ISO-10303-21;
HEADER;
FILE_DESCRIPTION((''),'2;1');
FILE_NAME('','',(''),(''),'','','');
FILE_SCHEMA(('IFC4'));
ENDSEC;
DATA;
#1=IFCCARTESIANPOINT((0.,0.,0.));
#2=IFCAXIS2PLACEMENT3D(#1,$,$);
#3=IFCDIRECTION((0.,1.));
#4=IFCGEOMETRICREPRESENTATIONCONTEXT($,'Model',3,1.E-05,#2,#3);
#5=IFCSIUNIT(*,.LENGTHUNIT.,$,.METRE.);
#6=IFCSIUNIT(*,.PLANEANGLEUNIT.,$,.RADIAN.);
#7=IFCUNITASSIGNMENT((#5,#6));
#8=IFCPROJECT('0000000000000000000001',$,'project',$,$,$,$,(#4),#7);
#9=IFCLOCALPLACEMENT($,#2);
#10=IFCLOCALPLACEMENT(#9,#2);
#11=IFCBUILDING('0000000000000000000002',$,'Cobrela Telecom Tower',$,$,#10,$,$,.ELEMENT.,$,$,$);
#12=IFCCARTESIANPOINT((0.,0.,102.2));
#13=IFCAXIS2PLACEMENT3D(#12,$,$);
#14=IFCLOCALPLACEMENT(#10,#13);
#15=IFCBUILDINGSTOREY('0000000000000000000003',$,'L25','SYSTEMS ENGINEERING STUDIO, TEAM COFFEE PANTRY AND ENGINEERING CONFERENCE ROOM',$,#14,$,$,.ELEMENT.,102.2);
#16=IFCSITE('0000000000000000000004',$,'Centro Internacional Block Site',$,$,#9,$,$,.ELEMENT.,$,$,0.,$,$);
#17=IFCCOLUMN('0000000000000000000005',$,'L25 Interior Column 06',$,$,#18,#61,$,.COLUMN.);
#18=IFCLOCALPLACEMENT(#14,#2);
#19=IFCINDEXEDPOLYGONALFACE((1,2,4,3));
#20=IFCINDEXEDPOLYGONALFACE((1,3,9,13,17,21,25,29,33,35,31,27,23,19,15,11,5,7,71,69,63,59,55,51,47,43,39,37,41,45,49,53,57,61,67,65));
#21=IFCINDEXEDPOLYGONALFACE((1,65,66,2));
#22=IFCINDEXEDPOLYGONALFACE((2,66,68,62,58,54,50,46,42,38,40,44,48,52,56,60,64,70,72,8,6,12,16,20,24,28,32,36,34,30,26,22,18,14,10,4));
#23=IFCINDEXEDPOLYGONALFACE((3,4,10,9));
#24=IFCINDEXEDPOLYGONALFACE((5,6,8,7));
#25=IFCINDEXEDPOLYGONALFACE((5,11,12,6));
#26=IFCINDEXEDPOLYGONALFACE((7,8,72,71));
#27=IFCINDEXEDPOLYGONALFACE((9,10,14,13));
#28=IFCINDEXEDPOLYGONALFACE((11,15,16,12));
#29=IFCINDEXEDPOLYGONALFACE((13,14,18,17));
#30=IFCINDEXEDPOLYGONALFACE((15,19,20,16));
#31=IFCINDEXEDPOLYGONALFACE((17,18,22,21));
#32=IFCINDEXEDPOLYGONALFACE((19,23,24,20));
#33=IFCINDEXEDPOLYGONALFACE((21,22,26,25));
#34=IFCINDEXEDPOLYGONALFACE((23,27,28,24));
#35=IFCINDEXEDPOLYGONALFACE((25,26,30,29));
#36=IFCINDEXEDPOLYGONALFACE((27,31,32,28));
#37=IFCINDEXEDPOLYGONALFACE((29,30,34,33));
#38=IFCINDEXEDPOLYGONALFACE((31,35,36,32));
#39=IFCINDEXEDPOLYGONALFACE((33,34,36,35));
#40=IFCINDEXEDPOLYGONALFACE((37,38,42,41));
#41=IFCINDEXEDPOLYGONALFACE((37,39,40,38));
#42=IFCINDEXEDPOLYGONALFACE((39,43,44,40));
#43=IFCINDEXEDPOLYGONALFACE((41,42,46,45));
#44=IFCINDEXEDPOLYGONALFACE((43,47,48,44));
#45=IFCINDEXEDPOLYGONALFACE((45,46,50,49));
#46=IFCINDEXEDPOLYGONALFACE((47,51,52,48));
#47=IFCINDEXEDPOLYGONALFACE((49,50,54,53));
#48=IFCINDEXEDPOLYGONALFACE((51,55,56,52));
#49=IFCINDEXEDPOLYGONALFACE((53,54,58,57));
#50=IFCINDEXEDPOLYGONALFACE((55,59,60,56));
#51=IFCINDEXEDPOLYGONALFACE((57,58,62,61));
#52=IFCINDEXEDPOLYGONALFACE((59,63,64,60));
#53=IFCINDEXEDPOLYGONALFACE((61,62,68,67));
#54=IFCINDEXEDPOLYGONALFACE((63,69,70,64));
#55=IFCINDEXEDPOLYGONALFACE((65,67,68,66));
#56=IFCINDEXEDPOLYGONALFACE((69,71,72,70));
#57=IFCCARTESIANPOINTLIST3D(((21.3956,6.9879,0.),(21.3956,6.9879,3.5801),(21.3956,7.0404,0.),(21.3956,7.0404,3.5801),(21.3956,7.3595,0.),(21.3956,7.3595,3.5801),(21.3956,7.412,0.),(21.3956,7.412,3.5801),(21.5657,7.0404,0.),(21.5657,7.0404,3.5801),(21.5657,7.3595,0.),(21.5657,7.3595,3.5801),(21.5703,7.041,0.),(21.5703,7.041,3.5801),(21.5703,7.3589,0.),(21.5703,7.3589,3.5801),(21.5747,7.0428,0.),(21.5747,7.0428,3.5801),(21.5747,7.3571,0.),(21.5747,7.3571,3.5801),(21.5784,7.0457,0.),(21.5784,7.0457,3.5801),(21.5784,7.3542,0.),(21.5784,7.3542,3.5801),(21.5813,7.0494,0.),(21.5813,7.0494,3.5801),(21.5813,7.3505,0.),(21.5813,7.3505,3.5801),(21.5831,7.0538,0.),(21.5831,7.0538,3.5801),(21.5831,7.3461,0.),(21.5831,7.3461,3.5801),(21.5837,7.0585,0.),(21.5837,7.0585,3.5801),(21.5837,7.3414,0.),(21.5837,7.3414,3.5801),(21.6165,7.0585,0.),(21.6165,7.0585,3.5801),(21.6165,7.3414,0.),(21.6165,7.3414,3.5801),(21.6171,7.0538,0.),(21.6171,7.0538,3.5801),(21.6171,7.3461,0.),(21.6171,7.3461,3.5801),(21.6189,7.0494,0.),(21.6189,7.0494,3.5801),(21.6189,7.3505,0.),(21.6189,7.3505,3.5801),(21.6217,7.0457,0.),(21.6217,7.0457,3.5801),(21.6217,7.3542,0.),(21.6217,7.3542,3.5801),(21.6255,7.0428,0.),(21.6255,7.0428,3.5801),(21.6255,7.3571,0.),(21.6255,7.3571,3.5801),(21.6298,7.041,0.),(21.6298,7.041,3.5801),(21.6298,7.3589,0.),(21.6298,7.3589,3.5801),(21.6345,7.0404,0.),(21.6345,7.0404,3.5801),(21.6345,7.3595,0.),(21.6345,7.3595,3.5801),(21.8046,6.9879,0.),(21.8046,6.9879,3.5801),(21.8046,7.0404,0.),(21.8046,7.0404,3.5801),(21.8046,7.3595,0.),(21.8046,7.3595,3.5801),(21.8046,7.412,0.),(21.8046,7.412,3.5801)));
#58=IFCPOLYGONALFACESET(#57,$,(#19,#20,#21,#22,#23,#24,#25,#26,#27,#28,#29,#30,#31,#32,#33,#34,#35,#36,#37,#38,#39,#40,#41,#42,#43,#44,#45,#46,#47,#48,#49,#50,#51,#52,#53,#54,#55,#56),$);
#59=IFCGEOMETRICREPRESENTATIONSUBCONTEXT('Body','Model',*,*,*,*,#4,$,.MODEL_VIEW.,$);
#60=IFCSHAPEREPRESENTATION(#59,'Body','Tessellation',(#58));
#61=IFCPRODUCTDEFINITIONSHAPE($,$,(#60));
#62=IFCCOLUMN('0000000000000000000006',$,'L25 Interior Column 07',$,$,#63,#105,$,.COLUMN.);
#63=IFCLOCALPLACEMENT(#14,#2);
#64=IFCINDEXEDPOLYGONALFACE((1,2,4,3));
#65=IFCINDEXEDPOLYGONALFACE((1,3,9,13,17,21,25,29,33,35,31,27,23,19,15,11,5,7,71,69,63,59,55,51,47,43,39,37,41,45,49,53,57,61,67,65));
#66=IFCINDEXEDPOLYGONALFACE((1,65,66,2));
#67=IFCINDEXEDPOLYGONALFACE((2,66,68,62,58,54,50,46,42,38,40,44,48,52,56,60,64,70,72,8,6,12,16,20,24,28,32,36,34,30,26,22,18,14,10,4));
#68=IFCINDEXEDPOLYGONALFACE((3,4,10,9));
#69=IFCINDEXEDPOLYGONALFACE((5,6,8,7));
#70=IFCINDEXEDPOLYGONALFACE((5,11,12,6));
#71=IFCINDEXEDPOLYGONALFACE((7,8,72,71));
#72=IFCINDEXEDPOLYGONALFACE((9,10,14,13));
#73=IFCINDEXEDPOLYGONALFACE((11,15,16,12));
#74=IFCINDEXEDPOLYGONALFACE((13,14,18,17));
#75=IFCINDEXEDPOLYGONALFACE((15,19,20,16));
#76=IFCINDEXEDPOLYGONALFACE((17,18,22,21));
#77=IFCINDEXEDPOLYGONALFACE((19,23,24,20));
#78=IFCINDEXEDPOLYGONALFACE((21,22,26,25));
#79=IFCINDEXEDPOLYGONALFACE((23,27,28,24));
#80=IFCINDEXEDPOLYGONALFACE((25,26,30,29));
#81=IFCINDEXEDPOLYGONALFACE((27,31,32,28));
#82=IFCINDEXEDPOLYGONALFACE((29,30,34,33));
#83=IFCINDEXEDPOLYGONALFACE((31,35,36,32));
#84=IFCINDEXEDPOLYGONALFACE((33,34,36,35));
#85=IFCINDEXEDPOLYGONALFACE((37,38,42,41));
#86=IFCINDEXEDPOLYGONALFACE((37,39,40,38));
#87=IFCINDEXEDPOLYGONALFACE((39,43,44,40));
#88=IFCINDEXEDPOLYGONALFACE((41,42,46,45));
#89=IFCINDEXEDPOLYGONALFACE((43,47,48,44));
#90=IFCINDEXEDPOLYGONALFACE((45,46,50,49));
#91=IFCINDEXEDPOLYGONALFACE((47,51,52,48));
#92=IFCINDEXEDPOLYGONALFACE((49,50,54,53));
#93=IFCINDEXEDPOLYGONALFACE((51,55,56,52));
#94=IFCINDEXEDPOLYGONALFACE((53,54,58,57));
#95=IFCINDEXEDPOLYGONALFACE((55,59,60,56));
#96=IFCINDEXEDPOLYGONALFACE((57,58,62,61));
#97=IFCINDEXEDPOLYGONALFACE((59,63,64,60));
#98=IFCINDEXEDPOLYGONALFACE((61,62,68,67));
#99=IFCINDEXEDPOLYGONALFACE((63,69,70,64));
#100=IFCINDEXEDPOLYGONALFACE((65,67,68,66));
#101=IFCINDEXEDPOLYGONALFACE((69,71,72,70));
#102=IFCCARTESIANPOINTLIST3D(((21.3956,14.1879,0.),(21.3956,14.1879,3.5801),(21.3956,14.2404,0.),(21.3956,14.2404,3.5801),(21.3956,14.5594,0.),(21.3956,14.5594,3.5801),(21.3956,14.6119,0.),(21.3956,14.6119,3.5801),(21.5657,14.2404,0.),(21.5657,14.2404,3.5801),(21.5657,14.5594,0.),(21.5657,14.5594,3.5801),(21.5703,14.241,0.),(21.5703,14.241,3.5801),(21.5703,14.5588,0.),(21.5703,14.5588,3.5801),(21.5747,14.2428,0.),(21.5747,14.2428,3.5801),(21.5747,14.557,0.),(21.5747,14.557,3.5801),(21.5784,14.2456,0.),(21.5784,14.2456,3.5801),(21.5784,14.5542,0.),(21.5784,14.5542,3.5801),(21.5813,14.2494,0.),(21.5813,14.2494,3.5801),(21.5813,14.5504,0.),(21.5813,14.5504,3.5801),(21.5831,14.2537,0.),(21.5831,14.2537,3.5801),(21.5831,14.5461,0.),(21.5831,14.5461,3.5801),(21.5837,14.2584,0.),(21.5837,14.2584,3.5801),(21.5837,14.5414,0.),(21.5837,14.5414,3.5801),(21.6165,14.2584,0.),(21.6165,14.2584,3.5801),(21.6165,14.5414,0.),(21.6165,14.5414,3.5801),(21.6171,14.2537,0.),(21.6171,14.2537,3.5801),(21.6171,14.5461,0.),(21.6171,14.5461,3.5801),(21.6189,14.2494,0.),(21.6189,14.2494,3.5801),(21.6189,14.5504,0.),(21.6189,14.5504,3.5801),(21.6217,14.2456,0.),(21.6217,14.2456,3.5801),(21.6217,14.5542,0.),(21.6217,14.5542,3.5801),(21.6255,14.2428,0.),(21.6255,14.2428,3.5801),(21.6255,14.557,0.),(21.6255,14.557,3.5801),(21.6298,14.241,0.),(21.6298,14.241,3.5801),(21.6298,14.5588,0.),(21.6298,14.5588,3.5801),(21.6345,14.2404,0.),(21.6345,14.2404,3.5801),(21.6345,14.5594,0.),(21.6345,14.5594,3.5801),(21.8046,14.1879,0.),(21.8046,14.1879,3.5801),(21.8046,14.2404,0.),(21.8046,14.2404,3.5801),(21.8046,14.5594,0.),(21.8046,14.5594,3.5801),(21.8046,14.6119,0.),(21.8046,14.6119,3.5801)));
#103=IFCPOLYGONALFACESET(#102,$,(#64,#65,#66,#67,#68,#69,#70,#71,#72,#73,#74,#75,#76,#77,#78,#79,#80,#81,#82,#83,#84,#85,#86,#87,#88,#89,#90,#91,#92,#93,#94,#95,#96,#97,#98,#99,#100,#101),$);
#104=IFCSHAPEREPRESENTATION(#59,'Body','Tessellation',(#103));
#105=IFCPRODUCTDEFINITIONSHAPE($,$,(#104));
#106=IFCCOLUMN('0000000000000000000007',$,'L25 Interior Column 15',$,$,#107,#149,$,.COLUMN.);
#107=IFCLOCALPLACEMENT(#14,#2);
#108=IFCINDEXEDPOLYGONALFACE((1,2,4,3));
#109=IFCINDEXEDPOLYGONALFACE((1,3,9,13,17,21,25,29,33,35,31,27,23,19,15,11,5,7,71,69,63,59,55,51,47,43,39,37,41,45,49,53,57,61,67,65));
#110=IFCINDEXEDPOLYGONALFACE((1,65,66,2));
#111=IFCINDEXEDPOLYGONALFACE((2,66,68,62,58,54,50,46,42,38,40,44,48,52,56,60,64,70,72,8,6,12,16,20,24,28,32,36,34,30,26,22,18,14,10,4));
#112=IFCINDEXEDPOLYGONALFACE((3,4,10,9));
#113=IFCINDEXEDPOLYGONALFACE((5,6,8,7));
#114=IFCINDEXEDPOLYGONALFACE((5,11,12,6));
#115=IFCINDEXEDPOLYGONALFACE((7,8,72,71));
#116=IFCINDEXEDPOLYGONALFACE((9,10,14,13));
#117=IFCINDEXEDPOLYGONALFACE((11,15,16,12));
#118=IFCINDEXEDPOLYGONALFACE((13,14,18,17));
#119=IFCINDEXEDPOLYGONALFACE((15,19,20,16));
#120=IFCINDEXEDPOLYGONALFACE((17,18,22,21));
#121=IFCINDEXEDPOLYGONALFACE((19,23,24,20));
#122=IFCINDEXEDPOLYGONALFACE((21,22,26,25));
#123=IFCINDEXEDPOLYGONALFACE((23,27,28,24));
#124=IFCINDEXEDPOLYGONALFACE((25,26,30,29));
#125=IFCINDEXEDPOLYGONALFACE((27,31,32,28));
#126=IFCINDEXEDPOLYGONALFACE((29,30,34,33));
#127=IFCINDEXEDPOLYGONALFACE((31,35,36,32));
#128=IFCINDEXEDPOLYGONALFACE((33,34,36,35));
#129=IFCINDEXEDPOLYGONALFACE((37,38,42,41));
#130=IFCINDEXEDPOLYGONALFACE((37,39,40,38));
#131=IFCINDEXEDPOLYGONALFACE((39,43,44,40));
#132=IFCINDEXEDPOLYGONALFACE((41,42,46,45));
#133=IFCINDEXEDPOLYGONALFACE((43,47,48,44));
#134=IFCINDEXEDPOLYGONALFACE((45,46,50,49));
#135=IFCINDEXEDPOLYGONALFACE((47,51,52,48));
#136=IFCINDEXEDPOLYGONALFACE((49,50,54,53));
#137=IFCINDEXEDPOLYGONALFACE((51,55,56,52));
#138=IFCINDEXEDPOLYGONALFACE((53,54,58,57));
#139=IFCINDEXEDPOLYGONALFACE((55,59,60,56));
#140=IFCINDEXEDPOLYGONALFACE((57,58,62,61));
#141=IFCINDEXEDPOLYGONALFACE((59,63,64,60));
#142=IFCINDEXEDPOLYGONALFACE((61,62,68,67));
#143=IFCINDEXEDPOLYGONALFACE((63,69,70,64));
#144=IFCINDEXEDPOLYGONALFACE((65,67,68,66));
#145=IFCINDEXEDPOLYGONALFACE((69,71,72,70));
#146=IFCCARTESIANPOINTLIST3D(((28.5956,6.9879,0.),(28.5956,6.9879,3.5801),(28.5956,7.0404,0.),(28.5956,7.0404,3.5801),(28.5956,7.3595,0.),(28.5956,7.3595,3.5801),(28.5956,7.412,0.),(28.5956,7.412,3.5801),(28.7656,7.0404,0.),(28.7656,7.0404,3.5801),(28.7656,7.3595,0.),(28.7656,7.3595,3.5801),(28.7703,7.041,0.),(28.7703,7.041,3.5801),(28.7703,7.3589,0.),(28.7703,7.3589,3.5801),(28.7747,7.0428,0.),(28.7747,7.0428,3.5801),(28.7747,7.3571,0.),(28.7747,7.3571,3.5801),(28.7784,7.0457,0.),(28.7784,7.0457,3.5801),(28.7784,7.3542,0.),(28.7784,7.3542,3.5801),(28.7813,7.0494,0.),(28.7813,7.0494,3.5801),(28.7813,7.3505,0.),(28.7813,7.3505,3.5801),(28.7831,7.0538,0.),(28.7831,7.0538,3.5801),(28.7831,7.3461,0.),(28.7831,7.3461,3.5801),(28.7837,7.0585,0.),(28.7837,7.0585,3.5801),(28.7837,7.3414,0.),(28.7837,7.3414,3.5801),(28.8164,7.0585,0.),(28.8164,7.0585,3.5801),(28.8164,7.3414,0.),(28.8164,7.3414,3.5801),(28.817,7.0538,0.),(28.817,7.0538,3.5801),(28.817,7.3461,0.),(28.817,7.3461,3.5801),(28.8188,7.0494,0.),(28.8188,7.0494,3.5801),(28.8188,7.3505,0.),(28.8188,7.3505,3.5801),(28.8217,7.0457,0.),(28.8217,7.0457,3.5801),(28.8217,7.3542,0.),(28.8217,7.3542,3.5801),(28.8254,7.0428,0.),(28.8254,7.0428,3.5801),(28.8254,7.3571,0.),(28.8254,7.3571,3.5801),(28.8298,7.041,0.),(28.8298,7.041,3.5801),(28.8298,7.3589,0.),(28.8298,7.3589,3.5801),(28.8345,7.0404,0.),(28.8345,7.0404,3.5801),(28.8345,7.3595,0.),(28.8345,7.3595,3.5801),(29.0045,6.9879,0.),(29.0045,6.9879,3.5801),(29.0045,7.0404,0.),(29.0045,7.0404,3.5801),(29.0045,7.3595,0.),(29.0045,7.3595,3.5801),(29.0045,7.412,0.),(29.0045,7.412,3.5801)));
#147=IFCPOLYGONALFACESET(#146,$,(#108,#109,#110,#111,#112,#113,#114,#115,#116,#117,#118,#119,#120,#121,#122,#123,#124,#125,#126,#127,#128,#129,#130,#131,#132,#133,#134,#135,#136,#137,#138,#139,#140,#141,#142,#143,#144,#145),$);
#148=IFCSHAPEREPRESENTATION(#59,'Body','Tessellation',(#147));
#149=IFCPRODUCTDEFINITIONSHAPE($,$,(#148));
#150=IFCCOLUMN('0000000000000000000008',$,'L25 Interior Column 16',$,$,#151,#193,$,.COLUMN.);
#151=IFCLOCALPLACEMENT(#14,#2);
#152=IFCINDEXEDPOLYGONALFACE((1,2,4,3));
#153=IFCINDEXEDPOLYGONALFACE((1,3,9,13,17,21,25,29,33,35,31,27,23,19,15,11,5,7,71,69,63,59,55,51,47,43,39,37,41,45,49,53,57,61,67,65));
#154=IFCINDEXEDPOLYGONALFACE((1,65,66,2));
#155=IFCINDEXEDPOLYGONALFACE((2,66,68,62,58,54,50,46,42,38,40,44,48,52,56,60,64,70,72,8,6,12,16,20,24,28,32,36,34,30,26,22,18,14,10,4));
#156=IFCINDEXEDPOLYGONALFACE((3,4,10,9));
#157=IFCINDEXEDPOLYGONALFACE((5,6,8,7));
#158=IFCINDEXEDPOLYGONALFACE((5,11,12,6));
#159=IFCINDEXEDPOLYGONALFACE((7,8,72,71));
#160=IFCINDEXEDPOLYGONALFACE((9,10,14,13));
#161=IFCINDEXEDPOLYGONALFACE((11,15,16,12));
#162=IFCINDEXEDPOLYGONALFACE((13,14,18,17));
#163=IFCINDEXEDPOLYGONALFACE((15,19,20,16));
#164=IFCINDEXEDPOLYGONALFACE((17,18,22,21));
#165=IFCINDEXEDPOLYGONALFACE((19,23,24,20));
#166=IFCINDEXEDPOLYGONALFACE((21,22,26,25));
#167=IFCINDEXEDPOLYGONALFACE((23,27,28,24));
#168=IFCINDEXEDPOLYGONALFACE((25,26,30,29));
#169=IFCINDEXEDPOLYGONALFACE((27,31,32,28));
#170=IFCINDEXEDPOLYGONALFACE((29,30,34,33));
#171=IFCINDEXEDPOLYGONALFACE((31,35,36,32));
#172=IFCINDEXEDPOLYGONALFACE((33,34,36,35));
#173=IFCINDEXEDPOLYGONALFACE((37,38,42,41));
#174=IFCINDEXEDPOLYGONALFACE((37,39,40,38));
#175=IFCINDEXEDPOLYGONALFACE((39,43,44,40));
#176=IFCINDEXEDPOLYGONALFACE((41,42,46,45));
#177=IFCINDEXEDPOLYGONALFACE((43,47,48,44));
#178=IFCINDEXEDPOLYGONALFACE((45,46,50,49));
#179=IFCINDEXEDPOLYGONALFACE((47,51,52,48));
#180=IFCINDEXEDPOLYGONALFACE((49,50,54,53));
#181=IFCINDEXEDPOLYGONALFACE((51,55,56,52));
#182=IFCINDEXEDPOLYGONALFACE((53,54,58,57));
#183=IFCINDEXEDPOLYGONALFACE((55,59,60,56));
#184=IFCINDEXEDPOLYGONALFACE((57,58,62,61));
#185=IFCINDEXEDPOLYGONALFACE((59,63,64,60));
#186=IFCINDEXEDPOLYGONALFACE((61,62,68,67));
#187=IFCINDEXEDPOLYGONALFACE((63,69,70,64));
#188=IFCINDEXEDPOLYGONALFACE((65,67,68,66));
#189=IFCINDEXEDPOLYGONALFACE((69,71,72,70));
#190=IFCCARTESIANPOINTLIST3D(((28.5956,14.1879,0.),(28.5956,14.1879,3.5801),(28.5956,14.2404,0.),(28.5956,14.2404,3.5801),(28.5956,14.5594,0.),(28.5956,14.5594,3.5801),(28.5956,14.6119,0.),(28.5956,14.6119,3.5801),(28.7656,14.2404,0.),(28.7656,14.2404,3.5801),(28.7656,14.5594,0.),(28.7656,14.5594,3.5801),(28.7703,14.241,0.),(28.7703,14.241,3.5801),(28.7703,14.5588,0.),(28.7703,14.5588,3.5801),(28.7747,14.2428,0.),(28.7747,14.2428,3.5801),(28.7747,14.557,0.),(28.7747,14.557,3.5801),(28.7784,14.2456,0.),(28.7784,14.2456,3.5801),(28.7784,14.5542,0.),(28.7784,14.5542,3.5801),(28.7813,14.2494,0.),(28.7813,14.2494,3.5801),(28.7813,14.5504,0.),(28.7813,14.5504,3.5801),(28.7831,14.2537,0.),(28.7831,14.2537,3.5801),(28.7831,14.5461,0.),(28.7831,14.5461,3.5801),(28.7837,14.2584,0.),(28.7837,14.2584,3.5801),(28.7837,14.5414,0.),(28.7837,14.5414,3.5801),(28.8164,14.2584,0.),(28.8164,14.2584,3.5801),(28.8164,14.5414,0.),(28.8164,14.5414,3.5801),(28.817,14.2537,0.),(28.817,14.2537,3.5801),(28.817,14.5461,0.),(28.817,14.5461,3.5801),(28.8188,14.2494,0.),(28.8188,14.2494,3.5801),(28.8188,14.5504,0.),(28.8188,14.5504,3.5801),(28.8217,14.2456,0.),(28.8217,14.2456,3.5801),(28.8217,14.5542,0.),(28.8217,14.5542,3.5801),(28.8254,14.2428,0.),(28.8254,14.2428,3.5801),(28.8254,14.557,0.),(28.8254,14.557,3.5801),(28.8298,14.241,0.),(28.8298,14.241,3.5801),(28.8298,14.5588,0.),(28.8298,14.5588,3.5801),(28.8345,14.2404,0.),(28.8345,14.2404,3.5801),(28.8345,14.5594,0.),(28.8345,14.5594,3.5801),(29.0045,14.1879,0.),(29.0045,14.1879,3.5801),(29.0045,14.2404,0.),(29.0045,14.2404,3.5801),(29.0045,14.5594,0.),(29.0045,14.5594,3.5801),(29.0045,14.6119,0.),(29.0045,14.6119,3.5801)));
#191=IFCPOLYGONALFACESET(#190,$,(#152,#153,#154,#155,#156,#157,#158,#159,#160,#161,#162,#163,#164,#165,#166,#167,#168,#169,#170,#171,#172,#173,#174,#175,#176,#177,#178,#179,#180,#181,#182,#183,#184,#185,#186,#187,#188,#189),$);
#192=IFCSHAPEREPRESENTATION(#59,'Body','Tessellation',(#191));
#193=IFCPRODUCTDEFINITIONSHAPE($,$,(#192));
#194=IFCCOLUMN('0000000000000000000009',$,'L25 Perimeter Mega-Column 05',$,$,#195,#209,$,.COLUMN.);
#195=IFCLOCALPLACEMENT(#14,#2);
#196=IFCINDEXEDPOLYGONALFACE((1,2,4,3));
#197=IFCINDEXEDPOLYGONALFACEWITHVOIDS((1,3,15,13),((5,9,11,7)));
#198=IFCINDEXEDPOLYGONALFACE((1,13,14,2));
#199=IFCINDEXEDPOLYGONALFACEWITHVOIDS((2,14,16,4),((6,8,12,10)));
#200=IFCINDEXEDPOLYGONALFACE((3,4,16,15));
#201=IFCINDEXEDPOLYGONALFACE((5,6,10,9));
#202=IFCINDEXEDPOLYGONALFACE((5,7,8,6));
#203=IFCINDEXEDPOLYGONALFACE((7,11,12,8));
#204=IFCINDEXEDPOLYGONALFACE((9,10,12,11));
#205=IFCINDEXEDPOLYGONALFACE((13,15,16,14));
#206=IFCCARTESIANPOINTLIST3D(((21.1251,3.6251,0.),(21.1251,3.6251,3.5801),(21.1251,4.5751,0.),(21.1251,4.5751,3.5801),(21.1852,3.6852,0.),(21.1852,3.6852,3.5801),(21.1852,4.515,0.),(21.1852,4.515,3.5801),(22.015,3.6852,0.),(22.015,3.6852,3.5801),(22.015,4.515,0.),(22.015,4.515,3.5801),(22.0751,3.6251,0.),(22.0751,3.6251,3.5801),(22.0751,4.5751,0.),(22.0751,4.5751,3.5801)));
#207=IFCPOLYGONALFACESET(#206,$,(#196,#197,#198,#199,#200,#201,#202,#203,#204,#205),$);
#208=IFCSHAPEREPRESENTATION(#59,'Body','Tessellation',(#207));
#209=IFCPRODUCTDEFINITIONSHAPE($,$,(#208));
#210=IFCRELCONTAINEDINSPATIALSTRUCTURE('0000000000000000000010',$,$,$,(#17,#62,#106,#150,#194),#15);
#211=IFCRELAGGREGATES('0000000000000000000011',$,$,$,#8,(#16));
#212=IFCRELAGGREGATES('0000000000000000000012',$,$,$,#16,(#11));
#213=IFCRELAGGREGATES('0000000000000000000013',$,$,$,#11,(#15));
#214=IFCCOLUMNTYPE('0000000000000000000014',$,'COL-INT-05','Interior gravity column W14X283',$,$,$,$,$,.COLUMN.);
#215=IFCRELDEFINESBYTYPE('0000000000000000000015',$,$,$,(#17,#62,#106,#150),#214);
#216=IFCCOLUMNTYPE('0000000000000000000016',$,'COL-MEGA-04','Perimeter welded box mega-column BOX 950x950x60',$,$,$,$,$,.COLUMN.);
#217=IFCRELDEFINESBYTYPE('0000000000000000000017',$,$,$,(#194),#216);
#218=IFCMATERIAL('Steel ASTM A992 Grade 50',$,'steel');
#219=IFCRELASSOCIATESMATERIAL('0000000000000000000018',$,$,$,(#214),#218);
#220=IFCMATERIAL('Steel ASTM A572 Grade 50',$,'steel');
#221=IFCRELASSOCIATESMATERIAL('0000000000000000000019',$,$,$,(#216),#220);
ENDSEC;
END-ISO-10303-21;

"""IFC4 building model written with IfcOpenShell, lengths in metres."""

from ifc_helpers import new_model, si_unit, direction, frame, origin, origin_2d, place, context, subcontext, project, spatial, hollow_rectangle, i_section, extrude, material, material_profile, profile_set, type_object, element, save


model = new_model("IFC4")

# Units and contexts
model_context = context("Model", 3, precision=1e-05, world=origin(), true_north=direction((0.0, 1.0)))
body_context = subcontext(model_context, "Body", "Model", "MODEL_VIEW")
ifc_project = project(units=[si_unit("LENGTHUNIT", "METRE"), si_unit("PLANEANGLEUNIT", "RADIAN")], contexts=[model_context])

# Site, building, storey
site_placement = place(None, origin())
site = spatial("IfcSite", under=ifc_project, at=site_placement, Name="Centro Internacional Block Site", CompositionType="ELEMENT", RefElevation=0.0)
building_placement = place(site_placement, origin())
building = spatial("IfcBuilding", under=site, at=building_placement, Name="Cobrela Telecom Tower", CompositionType="ELEMENT")
storey_placement = place(building_placement, frame((0.0, 0.0, 102.2)))
storey = spatial("IfcBuildingStorey", under=building, at=storey_placement, Name="L25", Description="SYSTEMS ENGINEERING STUDIO, TEAM COFFEE PANTRY AND ENGINEERING CONFERENCE ROOM", CompositionType="ELEMENT", Elevation=102.2)

# Columns
ifc_material_1 = material(Name="Steel ASTM A992 Grade 50", Category="steel")
ifc_material_profile_1 = material_profile(ifc_material_1, i_section(OverallWidth=0.4089, OverallDepth=0.4241, WebThickness=0.0327, FlangeThickness=0.0525, FilletRadius=0.0181, at=origin_2d()), Name="W14X283")
ifc_profile_set_1 = profile_set([ifc_material_profile_1], Name="Steel ASTM A992 Grade 50")
column_type_1 = type_object("IfcColumnType", Name="COL-INT-05", Description="Interior gravity column W14X283", PredefinedType="COLUMN", material=ifc_profile_set_1)
for number, where, z_axis, x_axis, name in (
    (1, (21.6001, 7.2, 0.0), (0.0, 0.0, 1.0), (1.0, 0.0, 0.0), "L25 Interior Column 06"),
    (2, (21.6001, 14.3999, 0.0), (0.0, 0.0, 1.0), (1.0, 0.0, 0.0), "L25 Interior Column 07"),
    (3, (28.8, 7.2, 0.0), (0.0, 0.0, 1.0), (1.0, 0.0, 0.0), "L25 Interior Column 15"),
    (4, (28.8, 14.3999, 0.0), (0.0, 0.0, 1.0), (1.0, 0.0, 0.0), "L25 Interior Column 16"),
):
    element("IfcColumn", number, at=place(storey_placement, frame(where, z_axis=z_axis, x_axis=x_axis)), inside=storey, type_object=column_type_1, Name=name, PredefinedType="COLUMN", context=body_context, shape_type="SweptSolid", body=[
        extrude(i_section(OverallWidth=0.4089, OverallDepth=0.4241, WebThickness=0.0327, FlangeThickness=0.0525, FilletRadius=0.0181, at=origin_2d()), origin(), (0.0, 0.0, 1.0), 3.5801),
    ])
ifc_material_2 = material(Name="Steel ASTM A572 Grade 50", Category="steel")
ifc_material_profile_2 = material_profile(ifc_material_2, hollow_rectangle(XDim=0.95, YDim=0.95, WallThickness=0.0601, at=origin_2d()), Name="BOX 950x950x60")
ifc_profile_set_2 = profile_set([ifc_material_profile_2], Name="Steel ASTM A572 Grade 50")
column_type_2 = type_object("IfcColumnType", Name="COL-MEGA-04", Description="Perimeter welded box mega-column BOX 950x950x60", PredefinedType="COLUMN", material=ifc_profile_set_2)
for number, where, z_axis, x_axis, name in (
    (5, (21.6001, 4.1001, 0.0), (0.0, 0.0, 1.0), (1.0, 0.0, 0.0), "L25 Perimeter Mega-Column 05"),
):
    element("IfcColumn", number, at=place(storey_placement, frame(where, z_axis=z_axis, x_axis=x_axis)), inside=storey, type_object=column_type_2, Name=name, PredefinedType="COLUMN", context=body_context, shape_type="SweptSolid", body=[
        extrude(hollow_rectangle(XDim=0.95, YDim=0.95, WallThickness=0.0601, at=origin_2d()), origin(), (0.0, 0.0, 1.0), 3.5801),
    ])

save(model, "model.ifc")
